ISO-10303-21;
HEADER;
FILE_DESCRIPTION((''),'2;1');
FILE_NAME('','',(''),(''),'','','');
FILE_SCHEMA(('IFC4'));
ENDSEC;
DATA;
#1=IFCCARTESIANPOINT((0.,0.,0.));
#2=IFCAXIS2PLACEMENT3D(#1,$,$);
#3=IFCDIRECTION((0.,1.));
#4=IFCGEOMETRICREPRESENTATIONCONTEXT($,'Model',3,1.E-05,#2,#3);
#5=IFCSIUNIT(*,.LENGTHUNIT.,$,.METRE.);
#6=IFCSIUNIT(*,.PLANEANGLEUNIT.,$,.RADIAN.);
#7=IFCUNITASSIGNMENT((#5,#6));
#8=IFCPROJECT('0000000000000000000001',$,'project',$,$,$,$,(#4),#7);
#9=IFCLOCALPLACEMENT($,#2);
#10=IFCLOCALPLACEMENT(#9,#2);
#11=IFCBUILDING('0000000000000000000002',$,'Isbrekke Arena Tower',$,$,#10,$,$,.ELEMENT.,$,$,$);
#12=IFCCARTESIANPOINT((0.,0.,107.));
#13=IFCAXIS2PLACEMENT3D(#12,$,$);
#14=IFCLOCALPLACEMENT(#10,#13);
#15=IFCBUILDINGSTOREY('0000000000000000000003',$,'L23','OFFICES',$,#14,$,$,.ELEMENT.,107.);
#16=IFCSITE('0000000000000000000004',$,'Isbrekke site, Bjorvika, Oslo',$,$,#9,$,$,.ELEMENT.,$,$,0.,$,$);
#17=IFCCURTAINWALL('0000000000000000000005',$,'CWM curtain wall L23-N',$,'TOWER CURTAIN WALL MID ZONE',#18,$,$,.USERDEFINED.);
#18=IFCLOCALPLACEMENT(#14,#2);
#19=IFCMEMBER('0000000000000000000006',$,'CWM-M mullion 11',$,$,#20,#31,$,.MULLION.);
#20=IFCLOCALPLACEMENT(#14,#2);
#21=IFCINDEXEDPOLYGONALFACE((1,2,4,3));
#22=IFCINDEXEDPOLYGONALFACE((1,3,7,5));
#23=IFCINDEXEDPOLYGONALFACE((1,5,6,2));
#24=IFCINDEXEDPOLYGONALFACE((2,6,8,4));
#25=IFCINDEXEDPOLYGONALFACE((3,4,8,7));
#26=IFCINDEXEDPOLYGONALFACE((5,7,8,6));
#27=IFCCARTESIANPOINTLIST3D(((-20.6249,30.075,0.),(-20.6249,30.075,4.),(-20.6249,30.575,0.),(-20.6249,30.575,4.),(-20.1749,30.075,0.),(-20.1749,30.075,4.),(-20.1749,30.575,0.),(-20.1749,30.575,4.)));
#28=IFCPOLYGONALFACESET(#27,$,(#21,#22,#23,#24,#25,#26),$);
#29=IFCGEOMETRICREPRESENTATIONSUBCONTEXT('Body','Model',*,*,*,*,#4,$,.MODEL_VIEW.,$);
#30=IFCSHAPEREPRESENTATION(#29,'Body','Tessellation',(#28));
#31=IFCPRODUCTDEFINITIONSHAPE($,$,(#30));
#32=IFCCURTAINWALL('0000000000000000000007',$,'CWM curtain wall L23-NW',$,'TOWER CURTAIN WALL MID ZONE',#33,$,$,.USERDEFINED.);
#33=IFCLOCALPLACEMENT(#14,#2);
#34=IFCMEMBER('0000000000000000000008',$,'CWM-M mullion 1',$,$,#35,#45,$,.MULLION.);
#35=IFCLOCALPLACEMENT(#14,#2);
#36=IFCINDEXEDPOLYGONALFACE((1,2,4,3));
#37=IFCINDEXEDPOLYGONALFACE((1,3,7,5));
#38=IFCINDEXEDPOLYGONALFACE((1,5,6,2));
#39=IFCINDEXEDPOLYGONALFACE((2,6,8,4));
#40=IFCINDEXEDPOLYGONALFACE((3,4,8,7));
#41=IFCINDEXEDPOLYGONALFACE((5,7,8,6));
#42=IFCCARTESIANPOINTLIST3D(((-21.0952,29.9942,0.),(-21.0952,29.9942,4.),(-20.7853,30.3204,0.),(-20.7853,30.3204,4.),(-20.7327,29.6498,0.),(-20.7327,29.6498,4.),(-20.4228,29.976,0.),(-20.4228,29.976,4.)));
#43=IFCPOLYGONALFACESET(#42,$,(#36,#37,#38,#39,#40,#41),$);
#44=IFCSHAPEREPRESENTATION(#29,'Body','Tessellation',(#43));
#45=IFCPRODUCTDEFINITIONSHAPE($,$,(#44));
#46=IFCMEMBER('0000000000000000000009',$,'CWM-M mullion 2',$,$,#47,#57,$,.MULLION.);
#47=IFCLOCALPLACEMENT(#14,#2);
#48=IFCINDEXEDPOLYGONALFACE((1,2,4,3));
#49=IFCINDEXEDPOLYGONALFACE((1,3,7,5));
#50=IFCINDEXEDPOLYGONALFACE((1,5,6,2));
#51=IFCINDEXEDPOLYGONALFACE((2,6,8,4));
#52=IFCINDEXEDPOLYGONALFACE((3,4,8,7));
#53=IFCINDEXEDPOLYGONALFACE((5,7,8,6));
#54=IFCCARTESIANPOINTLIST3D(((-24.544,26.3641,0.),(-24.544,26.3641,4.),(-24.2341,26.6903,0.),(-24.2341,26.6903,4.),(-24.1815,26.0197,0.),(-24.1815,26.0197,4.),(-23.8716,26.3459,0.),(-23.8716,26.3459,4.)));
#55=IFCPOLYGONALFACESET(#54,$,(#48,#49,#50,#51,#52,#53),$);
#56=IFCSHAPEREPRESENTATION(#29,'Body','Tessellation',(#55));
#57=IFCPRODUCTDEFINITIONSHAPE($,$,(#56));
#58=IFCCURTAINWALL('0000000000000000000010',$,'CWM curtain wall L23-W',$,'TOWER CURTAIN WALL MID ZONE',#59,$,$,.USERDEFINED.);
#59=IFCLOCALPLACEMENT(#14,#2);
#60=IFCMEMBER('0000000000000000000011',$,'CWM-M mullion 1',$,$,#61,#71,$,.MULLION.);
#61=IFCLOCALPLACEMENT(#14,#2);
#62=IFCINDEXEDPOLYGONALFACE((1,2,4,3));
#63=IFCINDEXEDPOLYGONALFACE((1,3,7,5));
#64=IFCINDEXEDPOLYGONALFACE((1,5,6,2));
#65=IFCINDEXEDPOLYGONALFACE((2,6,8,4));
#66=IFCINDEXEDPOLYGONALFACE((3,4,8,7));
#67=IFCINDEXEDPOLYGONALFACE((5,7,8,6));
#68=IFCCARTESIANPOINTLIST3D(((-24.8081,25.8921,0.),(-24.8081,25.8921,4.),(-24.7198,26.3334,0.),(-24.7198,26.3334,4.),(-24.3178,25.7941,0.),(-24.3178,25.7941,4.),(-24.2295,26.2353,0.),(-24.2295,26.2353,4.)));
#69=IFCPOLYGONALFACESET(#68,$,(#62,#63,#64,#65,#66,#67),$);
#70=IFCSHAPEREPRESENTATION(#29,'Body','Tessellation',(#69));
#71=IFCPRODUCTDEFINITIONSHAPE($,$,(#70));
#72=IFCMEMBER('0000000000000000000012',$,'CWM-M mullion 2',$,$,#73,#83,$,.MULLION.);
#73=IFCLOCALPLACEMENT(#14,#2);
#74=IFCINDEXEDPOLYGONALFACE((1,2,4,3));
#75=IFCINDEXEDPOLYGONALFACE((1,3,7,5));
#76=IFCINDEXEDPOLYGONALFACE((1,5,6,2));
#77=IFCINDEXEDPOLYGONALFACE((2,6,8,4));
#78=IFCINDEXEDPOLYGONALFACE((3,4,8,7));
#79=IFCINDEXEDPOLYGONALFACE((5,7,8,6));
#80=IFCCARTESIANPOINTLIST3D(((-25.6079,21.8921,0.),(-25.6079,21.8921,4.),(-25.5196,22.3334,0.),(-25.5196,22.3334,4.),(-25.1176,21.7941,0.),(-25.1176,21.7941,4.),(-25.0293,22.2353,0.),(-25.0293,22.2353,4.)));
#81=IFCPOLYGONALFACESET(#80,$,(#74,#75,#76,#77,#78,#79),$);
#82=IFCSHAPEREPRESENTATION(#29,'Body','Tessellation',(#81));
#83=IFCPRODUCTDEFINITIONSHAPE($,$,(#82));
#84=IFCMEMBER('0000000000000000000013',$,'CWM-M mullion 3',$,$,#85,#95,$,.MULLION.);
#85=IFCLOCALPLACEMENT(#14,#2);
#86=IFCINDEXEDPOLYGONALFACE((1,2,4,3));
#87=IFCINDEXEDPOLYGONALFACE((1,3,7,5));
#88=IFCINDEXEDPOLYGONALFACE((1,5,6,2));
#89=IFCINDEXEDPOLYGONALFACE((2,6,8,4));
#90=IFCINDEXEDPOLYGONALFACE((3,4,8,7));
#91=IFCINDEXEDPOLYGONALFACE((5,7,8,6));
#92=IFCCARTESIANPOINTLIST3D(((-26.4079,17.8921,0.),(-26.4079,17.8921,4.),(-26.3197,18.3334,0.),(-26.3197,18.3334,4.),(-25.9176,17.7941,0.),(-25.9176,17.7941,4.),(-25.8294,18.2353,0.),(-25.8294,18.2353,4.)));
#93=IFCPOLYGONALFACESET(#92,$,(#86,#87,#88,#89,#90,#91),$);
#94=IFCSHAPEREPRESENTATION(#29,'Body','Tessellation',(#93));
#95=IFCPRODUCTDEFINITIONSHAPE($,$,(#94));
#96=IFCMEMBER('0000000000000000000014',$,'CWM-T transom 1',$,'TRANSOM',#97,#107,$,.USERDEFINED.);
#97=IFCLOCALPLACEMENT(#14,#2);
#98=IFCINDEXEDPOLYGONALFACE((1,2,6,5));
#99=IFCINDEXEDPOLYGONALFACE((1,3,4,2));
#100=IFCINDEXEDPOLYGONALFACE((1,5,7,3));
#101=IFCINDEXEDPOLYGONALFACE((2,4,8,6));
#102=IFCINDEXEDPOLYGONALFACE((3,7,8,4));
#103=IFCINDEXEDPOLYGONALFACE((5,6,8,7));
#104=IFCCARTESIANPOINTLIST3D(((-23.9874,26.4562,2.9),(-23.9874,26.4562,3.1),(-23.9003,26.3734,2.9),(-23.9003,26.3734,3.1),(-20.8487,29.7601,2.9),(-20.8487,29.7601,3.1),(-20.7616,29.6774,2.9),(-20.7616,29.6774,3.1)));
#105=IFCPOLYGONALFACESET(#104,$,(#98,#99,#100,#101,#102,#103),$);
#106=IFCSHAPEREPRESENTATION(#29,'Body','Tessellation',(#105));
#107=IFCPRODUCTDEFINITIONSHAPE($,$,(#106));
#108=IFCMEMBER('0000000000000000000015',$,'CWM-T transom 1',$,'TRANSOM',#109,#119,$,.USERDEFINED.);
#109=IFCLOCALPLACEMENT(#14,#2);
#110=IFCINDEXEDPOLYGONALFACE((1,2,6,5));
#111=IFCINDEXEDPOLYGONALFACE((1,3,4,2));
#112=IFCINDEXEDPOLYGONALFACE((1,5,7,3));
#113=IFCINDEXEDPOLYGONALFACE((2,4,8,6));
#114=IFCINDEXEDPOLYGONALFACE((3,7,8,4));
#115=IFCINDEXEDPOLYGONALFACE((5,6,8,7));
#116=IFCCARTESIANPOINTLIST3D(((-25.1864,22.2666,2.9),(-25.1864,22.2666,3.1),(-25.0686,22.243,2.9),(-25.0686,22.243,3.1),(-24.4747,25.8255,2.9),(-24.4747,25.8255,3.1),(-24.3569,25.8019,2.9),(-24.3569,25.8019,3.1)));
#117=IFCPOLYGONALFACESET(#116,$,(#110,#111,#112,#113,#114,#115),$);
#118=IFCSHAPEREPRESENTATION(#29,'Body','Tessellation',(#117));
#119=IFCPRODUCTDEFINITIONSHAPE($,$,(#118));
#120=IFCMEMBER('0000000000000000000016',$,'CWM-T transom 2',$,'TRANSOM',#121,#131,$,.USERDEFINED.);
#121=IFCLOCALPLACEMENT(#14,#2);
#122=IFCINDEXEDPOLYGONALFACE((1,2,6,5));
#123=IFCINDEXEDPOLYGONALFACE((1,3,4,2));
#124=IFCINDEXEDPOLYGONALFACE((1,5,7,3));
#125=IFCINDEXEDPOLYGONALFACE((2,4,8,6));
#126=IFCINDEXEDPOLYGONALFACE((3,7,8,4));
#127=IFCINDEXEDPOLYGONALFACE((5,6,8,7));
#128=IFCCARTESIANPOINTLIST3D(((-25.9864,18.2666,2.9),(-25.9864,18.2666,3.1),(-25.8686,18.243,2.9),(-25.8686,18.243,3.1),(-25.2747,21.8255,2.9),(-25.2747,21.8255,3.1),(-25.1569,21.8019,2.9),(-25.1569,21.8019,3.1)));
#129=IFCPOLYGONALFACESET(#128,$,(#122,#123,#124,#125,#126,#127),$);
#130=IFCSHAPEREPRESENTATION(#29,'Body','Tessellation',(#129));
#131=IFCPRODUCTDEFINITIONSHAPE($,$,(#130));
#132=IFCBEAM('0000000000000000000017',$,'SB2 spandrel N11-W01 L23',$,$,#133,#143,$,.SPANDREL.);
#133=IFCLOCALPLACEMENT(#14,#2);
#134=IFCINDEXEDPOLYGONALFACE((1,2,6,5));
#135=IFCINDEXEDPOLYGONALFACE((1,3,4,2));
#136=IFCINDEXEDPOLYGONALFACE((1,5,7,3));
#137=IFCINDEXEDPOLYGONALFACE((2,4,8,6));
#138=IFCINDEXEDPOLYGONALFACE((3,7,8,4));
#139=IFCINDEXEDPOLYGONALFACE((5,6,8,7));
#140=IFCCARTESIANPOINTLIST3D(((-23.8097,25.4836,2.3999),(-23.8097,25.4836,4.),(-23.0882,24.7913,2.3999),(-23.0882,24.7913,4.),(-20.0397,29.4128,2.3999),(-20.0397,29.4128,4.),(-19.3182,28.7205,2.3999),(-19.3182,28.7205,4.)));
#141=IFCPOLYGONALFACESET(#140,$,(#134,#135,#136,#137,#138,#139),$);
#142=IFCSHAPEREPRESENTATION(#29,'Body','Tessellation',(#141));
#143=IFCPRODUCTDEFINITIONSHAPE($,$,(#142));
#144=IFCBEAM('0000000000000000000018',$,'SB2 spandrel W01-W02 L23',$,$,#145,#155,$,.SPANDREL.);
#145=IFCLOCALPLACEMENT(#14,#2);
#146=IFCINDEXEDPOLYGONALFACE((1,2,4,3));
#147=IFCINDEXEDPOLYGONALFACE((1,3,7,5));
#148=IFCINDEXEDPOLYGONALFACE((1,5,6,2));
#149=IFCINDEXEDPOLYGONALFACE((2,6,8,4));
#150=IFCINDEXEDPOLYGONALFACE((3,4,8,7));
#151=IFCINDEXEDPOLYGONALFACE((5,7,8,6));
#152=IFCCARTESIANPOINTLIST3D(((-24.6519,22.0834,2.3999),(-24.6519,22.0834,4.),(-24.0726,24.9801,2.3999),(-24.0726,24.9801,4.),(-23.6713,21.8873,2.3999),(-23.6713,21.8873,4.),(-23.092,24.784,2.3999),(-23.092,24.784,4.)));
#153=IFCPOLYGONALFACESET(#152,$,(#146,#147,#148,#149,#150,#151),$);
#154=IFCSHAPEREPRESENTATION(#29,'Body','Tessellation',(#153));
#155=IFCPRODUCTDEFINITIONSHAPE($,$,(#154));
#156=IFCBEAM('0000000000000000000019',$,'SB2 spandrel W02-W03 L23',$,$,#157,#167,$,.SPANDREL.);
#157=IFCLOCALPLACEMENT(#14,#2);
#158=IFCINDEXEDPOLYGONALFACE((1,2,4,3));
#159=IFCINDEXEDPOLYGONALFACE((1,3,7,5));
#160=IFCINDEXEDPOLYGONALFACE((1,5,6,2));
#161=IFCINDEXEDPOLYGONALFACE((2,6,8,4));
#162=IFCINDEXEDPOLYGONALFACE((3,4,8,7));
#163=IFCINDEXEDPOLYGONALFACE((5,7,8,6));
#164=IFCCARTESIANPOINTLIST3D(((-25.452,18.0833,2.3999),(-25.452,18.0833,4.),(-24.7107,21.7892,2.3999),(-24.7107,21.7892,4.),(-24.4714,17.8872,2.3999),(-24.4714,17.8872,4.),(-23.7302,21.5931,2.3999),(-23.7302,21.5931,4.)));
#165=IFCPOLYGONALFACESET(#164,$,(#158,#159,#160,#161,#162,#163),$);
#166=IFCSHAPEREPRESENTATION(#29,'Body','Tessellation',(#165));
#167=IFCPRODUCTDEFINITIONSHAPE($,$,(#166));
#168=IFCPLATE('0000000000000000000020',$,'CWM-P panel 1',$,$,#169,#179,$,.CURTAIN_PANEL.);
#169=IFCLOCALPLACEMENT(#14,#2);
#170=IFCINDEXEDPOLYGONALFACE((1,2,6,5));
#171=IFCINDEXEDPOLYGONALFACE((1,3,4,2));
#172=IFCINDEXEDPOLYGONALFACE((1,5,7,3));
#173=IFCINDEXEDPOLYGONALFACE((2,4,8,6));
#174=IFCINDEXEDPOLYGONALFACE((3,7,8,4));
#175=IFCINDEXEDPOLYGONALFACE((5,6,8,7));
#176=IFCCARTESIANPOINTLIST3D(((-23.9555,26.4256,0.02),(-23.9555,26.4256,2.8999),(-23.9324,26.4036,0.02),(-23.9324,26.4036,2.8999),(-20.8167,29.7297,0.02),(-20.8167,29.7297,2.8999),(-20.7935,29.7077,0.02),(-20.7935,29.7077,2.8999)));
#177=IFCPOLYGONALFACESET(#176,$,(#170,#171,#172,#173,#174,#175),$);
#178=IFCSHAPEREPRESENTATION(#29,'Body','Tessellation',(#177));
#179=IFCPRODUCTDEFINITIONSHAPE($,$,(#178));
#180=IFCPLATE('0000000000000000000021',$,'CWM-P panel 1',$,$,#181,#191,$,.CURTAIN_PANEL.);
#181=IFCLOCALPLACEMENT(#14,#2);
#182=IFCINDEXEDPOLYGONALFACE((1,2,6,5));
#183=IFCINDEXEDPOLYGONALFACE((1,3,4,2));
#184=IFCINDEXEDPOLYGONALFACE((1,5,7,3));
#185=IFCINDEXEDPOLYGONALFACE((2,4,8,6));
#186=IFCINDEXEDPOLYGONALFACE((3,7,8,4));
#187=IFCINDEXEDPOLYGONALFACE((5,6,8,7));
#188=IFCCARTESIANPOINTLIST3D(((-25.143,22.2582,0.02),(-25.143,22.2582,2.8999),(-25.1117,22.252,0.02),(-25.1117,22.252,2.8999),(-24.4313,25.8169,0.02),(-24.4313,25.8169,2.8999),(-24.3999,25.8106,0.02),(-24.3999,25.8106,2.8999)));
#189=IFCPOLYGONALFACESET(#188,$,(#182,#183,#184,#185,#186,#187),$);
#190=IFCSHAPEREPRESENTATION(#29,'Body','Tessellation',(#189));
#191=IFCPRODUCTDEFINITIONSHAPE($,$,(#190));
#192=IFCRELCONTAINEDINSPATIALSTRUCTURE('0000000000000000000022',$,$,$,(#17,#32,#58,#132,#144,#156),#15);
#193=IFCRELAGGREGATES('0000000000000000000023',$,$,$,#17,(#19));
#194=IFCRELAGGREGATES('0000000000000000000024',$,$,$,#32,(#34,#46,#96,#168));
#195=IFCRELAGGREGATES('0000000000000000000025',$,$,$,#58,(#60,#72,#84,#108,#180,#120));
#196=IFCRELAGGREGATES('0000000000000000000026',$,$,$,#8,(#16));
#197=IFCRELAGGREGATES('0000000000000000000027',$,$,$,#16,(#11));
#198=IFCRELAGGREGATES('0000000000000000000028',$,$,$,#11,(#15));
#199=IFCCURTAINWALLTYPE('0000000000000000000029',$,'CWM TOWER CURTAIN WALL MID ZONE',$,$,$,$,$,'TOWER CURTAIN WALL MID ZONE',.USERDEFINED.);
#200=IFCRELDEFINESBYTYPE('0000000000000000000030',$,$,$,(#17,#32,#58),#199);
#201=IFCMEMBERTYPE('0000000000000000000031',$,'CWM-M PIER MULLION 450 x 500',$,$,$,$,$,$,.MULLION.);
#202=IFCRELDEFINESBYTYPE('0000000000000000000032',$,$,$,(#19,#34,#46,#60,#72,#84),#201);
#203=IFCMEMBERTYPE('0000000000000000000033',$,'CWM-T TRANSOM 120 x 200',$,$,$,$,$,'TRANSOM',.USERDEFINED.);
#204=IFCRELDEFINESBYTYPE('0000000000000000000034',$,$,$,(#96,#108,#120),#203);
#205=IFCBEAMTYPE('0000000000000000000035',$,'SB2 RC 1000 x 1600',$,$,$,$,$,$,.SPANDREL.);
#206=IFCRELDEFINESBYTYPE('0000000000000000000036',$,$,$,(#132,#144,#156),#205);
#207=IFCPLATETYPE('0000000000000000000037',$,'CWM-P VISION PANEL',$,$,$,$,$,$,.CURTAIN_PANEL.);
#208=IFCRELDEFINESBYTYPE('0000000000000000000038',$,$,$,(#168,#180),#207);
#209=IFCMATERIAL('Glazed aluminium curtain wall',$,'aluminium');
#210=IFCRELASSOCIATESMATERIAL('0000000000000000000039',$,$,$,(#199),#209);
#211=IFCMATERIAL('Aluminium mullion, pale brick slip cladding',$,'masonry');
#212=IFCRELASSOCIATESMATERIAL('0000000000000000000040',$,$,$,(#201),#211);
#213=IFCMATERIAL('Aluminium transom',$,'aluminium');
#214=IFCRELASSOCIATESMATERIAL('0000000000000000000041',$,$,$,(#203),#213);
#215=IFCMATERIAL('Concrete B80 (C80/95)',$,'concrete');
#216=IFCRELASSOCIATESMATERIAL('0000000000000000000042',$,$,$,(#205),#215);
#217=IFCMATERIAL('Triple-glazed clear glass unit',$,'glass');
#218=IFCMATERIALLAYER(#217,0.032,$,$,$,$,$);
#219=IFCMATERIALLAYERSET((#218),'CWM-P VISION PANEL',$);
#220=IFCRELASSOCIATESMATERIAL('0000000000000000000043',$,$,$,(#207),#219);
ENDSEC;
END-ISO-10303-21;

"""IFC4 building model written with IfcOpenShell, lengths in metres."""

from ifc_helpers import new_model, si_unit, direction, frame, origin, origin_2d, place, context, subcontext, project, spatial, rectangle, extrude, material, layer, layer_set, material_profile, profile_set, type_object, element, aggregate, save


model = new_model("IFC4")

# Units and contexts
model_context = context("Model", 3, precision=1e-05, world=origin(), true_north=direction((0.0, 1.0)))
body_context = subcontext(model_context, "Body", "Model", "MODEL_VIEW")
ifc_project = project(units=[si_unit("LENGTHUNIT", "METRE"), si_unit("PLANEANGLEUNIT", "RADIAN")], contexts=[model_context])

# Site, building, storey
site_placement = place(None, origin())
site = spatial("IfcSite", under=ifc_project, at=site_placement, Name="Isbrekke site, Bjorvika, Oslo", CompositionType="ELEMENT", RefElevation=0.0)
building_placement = place(site_placement, origin())
building = spatial("IfcBuilding", under=site, at=building_placement, Name="Isbrekke Arena Tower", CompositionType="ELEMENT")
storey_placement = place(building_placement, frame((0.0, 0.0, 107.0)))
storey = spatial("IfcBuildingStorey", under=building, at=storey_placement, Name="L23", Description="OFFICES", CompositionType="ELEMENT", Elevation=107.0)

# Curtain wall, member
ifc_material_1 = material(Name="Glazed aluminium curtain wall", Category="aluminium")
curtain_wall_type = type_object("IfcCurtainWallType", Name="CWM TOWER CURTAIN WALL MID ZONE", ElementType="TOWER CURTAIN WALL MID ZONE", PredefinedType="USERDEFINED", material=ifc_material_1)
curtain_wall_1_placement = place(storey_placement, origin())
curtain_wall_1 = element("IfcCurtainWall", 1, at=curtain_wall_1_placement, inside=storey, type_object=curtain_wall_type, Name="CWM curtain wall L23-N", ObjectType="TOWER CURTAIN WALL MID ZONE", PredefinedType="USERDEFINED")
ifc_material_2 = material(Name="Aluminium mullion, pale brick slip cladding", Category="masonry")
ifc_material_profile_1 = material_profile(ifc_material_2, rectangle(XDim=0.45, YDim=0.5, at=origin_2d()), Name="PIER 450X500")
ifc_profile_set_1 = profile_set([ifc_material_profile_1], Name="Aluminium mullion, pale brick slip cladding")
member_type_1 = type_object("IfcMemberType", Name="CWM-M PIER MULLION 450 x 500", PredefinedType="MULLION", material=ifc_profile_set_1)
member_1_placement = place(storey_placement, frame((-20.3999, 30.325, 0.0), z_axis=(0.0, 0.0, 1.0), x_axis=(-1.0, 0.0, 0.0)))
member_1 = element("IfcMember", 2, at=member_1_placement, type_object=member_type_1, Name="CWM-M mullion 11", PredefinedType="MULLION", context=body_context, shape_type="SweptSolid", body=[
    extrude(rectangle(XDim=0.45, YDim=0.5, at=origin_2d()), origin(), (0.0, 0.0, 1.0), 4.0),
])
aggregate(curtain_wall_1, [member_1])

# Curtain walls, members
curtain_wall_2_placement = place(storey_placement, origin())
curtain_wall_2 = element("IfcCurtainWall", 3, at=curtain_wall_2_placement, inside=storey, type_object=curtain_wall_type, Name="CWM curtain wall L23-NW", ObjectType="TOWER CURTAIN WALL MID ZONE", PredefinedType="USERDEFINED")
member_2_placement = place(storey_placement, frame((-20.759, 29.9851, 0.0), z_axis=(0.0, 0.0, 1.0), x_axis=(-0.688749, -0.724999, 0.0)))
member_2 = element("IfcMember", 4, at=member_2_placement, type_object=member_type_1, Name="CWM-M mullion 1", PredefinedType="MULLION", context=body_context, shape_type="SweptSolid", body=[
    extrude(rectangle(XDim=0.45, YDim=0.5, at=origin_2d()), origin(), (0.0, 0.0, 1.0), 4.0),
])
member_3_placement = place(storey_placement, frame((-24.2078, 26.355, 0.0), z_axis=(0.0, 0.0, 1.0), x_axis=(-0.688749, -0.724999, 0.0)))
member_3 = element("IfcMember", 5, at=member_3_placement, type_object=member_type_1, Name="CWM-M mullion 2", PredefinedType="MULLION", context=body_context, shape_type="SweptSolid", body=[
    extrude(rectangle(XDim=0.45, YDim=0.5, at=origin_2d()), origin(), (0.0, 0.0, 1.0), 4.0),
])
curtain_wall_3_placement = place(storey_placement, origin())
curtain_wall_3 = element("IfcCurtainWall", 6, at=curtain_wall_3_placement, inside=storey, type_object=curtain_wall_type, Name="CWM curtain wall L23-W", ObjectType="TOWER CURTAIN WALL MID ZONE", PredefinedType="USERDEFINED")
member_4_placement = place(storey_placement, frame((-24.5188, 26.0637, 0.0), z_axis=(0.0, 0.0, 1.0), x_axis=(-0.196116, -0.980581, 0.0)))
member_4 = element("IfcMember", 7, at=member_4_placement, type_object=member_type_1, Name="CWM-M mullion 1", PredefinedType="MULLION", context=body_context, shape_type="SweptSolid", body=[
    extrude(rectangle(XDim=0.45, YDim=0.5, at=origin_2d()), origin(), (0.0, 0.0, 1.0), 4.0),
])
member_5_placement = place(storey_placement, frame((-25.3186, 22.0637, 0.0), z_axis=(0.0, 0.0, 1.0), x_axis=(-0.196116, -0.980581, 0.0)))
member_5 = element("IfcMember", 8, at=member_5_placement, type_object=member_type_1, Name="CWM-M mullion 2", PredefinedType="MULLION", context=body_context, shape_type="SweptSolid", body=[
    extrude(rectangle(XDim=0.45, YDim=0.5, at=origin_2d()), origin(), (0.0, 0.0, 1.0), 4.0),
])
member_6_placement = place(storey_placement, frame((-26.1187, 18.0637, 0.0), z_axis=(0.0, 0.0, 1.0), x_axis=(-0.196116, -0.980581, 0.0)))
member_6 = element("IfcMember", 9, at=member_6_placement, type_object=member_type_1, Name="CWM-M mullion 3", PredefinedType="MULLION", context=body_context, shape_type="SweptSolid", body=[
    extrude(rectangle(XDim=0.45, YDim=0.5, at=origin_2d()), origin(), (0.0, 0.0, 1.0), 4.0),
])

# Members
ifc_material_3 = material(Name="Aluminium transom", Category="aluminium")
ifc_material_profile_2 = material_profile(ifc_material_3, rectangle(XDim=0.1201, YDim=0.2, at=origin_2d()), Name="TRANSOM 120X200")
ifc_profile_set_2 = profile_set([ifc_material_profile_2], Name="Aluminium transom")
member_type_2 = type_object("IfcMemberType", Name="CWM-T TRANSOM 120 x 200", ElementType="TRANSOM", PredefinedType="USERDEFINED", material=ifc_profile_set_2)
member_7_placement = place(storey_placement, frame((-20.8052, 29.7188, 3.0), z_axis=(-0.68874, -0.725009, 0.0), x_axis=(0.725009, -0.68874, 0.0)))
member_7 = element("IfcMember", 10, at=member_7_placement, type_object=member_type_2, Name="CWM-T transom 1", ObjectType="TRANSOM", PredefinedType="USERDEFINED", context=body_context, shape_type="SweptSolid", body=[
    extrude(rectangle(XDim=0.1201, YDim=0.2, at=origin_2d()), origin(), (0.0, 0.0, 1.0), 4.5571),
])
member_8_placement = place(storey_placement, frame((-24.4158, 25.8137, 3.0), z_axis=(-0.19609, -0.980586, 0.0), x_axis=(0.980586, -0.19609, 0.0)))
member_8 = element("IfcMember", 11, at=member_8_placement, type_object=member_type_2, Name="CWM-T transom 1", ObjectType="TRANSOM", PredefinedType="USERDEFINED", context=body_context, shape_type="SweptSolid", body=[
    extrude(rectangle(XDim=0.1201, YDim=0.2, at=origin_2d()), origin(), (0.0, 0.0, 1.0), 3.6294),
])
member_9_placement = place(storey_placement, frame((-25.2158, 21.8137, 3.0), z_axis=(-0.19609, -0.980586, 0.0), x_axis=(0.980586, -0.19609, 0.0)))
member_9 = element("IfcMember", 12, at=member_9_placement, type_object=member_type_2, Name="CWM-T transom 2", ObjectType="TRANSOM", PredefinedType="USERDEFINED", context=body_context, shape_type="SweptSolid", body=[
    extrude(rectangle(XDim=0.1201, YDim=0.2, at=origin_2d()), origin(), (0.0, 0.0, 1.0), 3.6294),
])

# Beams
ifc_material_4 = material(Name="Concrete B80 (C80/95)", Category="concrete")
ifc_material_profile_3 = material_profile(ifc_material_4, rectangle(XDim=1.0, YDim=1.6001, at=origin_2d()), Name="RC 1000x1600")
ifc_profile_set_3 = profile_set([ifc_material_profile_3], Name="Concrete B80 (C80/95)")
beam_type_1 = type_object("IfcBeamType", Name="SB2 RC 1000 x 1600", PredefinedType="SPANDREL", material=ifc_profile_set_3)
beam_1_placement = place(storey_placement, frame((-19.679, 29.0667, 3.2), z_axis=(-0.69234, -0.721572, 0.0), x_axis=(0.721572, -0.69234, 0.0)))
element("IfcBeam", 13, at=beam_1_placement, inside=storey, type_object=beam_type_1, Name="SB2 spandrel N11-W01 L23", PredefinedType="SPANDREL", context=body_context, shape_type="SweptSolid", body=[
    extrude(rectangle(XDim=1.0, YDim=1.6001, at=origin_2d()), origin(), (0.0, 0.0, 1.0), 5.4453),
])
beam_2_placement = place(storey_placement, frame((-23.5823, 24.8821, 3.2), z_axis=(-0.196116, -0.980581, 0.0), x_axis=(0.980581, -0.196116, 0.0)))
element("IfcBeam", 14, at=beam_2_placement, inside=storey, type_object=beam_type_1, Name="SB2 spandrel W01-W02 L23", PredefinedType="SPANDREL", context=body_context, shape_type="SweptSolid", body=[
    extrude(rectangle(XDim=1.0, YDim=1.6001, at=origin_2d()), origin(), (0.0, 0.0, 1.0), 2.9541),
])
beam_3_placement = place(storey_placement, frame((-24.2205, 21.6912, 3.2), z_axis=(-0.196129, -0.980578, 0.0), x_axis=(0.980578, -0.196129, 0.0)))
element("IfcBeam", 15, at=beam_3_placement, inside=storey, type_object=beam_type_1, Name="SB2 spandrel W02-W03 L23", PredefinedType="SPANDREL", context=body_context, shape_type="SweptSolid", body=[
    extrude(rectangle(XDim=1.0, YDim=1.6001, at=origin_2d()), origin(), (0.0, 0.0, 1.0), 3.7793),
])

# Plates
ifc_material_5 = material(Name="Triple-glazed clear glass unit", Category="glass")
ifc_layer_1 = layer(ifc_material_5, 0.032)
ifc_layer_set_1 = layer_set([ifc_layer_1], Name="CWM-P VISION PANEL")
plate_type = type_object("IfcPlateType", Name="CWM-P VISION PANEL", PredefinedType="CURTAIN_PANEL", material=ifc_layer_set_1)
plate_1_placement = place(storey_placement, frame((-22.3745, 28.0667, 0.02), z_axis=(0.0, 0.0, 1.0), x_axis=(-0.688749, -0.724999, 0.0)))
plate_1 = element("IfcPlate", 16, at=plate_1_placement, type_object=plate_type, Name="CWM-P panel 1", PredefinedType="CURTAIN_PANEL", context=body_context, shape_type="SweptSolid", body=[
    extrude(rectangle(XDim=4.5574, YDim=0.032, at=origin_2d()), origin(), (0.0, 0.0, 1.0), 2.8799),
])
aggregate(curtain_wall_2, [member_2, member_3, member_7, plate_1])
plate_2_placement = place(storey_placement, frame((-24.7715, 24.0344, 0.02), z_axis=(0.0, 0.0, 1.0), x_axis=(-0.196116, -0.980581, 0.0)))
plate_2 = element("IfcPlate", 17, at=plate_2_placement, type_object=plate_type, Name="CWM-P panel 1", PredefinedType="CURTAIN_PANEL", context=body_context, shape_type="SweptSolid", body=[
    extrude(rectangle(XDim=3.6292, YDim=0.032, at=origin_2d()), origin(), (0.0, 0.0, 1.0), 2.8799),
])
aggregate(curtain_wall_3, [member_4, member_5, member_6, member_8, plate_2, member_9])

save(model, "model.ifc")
